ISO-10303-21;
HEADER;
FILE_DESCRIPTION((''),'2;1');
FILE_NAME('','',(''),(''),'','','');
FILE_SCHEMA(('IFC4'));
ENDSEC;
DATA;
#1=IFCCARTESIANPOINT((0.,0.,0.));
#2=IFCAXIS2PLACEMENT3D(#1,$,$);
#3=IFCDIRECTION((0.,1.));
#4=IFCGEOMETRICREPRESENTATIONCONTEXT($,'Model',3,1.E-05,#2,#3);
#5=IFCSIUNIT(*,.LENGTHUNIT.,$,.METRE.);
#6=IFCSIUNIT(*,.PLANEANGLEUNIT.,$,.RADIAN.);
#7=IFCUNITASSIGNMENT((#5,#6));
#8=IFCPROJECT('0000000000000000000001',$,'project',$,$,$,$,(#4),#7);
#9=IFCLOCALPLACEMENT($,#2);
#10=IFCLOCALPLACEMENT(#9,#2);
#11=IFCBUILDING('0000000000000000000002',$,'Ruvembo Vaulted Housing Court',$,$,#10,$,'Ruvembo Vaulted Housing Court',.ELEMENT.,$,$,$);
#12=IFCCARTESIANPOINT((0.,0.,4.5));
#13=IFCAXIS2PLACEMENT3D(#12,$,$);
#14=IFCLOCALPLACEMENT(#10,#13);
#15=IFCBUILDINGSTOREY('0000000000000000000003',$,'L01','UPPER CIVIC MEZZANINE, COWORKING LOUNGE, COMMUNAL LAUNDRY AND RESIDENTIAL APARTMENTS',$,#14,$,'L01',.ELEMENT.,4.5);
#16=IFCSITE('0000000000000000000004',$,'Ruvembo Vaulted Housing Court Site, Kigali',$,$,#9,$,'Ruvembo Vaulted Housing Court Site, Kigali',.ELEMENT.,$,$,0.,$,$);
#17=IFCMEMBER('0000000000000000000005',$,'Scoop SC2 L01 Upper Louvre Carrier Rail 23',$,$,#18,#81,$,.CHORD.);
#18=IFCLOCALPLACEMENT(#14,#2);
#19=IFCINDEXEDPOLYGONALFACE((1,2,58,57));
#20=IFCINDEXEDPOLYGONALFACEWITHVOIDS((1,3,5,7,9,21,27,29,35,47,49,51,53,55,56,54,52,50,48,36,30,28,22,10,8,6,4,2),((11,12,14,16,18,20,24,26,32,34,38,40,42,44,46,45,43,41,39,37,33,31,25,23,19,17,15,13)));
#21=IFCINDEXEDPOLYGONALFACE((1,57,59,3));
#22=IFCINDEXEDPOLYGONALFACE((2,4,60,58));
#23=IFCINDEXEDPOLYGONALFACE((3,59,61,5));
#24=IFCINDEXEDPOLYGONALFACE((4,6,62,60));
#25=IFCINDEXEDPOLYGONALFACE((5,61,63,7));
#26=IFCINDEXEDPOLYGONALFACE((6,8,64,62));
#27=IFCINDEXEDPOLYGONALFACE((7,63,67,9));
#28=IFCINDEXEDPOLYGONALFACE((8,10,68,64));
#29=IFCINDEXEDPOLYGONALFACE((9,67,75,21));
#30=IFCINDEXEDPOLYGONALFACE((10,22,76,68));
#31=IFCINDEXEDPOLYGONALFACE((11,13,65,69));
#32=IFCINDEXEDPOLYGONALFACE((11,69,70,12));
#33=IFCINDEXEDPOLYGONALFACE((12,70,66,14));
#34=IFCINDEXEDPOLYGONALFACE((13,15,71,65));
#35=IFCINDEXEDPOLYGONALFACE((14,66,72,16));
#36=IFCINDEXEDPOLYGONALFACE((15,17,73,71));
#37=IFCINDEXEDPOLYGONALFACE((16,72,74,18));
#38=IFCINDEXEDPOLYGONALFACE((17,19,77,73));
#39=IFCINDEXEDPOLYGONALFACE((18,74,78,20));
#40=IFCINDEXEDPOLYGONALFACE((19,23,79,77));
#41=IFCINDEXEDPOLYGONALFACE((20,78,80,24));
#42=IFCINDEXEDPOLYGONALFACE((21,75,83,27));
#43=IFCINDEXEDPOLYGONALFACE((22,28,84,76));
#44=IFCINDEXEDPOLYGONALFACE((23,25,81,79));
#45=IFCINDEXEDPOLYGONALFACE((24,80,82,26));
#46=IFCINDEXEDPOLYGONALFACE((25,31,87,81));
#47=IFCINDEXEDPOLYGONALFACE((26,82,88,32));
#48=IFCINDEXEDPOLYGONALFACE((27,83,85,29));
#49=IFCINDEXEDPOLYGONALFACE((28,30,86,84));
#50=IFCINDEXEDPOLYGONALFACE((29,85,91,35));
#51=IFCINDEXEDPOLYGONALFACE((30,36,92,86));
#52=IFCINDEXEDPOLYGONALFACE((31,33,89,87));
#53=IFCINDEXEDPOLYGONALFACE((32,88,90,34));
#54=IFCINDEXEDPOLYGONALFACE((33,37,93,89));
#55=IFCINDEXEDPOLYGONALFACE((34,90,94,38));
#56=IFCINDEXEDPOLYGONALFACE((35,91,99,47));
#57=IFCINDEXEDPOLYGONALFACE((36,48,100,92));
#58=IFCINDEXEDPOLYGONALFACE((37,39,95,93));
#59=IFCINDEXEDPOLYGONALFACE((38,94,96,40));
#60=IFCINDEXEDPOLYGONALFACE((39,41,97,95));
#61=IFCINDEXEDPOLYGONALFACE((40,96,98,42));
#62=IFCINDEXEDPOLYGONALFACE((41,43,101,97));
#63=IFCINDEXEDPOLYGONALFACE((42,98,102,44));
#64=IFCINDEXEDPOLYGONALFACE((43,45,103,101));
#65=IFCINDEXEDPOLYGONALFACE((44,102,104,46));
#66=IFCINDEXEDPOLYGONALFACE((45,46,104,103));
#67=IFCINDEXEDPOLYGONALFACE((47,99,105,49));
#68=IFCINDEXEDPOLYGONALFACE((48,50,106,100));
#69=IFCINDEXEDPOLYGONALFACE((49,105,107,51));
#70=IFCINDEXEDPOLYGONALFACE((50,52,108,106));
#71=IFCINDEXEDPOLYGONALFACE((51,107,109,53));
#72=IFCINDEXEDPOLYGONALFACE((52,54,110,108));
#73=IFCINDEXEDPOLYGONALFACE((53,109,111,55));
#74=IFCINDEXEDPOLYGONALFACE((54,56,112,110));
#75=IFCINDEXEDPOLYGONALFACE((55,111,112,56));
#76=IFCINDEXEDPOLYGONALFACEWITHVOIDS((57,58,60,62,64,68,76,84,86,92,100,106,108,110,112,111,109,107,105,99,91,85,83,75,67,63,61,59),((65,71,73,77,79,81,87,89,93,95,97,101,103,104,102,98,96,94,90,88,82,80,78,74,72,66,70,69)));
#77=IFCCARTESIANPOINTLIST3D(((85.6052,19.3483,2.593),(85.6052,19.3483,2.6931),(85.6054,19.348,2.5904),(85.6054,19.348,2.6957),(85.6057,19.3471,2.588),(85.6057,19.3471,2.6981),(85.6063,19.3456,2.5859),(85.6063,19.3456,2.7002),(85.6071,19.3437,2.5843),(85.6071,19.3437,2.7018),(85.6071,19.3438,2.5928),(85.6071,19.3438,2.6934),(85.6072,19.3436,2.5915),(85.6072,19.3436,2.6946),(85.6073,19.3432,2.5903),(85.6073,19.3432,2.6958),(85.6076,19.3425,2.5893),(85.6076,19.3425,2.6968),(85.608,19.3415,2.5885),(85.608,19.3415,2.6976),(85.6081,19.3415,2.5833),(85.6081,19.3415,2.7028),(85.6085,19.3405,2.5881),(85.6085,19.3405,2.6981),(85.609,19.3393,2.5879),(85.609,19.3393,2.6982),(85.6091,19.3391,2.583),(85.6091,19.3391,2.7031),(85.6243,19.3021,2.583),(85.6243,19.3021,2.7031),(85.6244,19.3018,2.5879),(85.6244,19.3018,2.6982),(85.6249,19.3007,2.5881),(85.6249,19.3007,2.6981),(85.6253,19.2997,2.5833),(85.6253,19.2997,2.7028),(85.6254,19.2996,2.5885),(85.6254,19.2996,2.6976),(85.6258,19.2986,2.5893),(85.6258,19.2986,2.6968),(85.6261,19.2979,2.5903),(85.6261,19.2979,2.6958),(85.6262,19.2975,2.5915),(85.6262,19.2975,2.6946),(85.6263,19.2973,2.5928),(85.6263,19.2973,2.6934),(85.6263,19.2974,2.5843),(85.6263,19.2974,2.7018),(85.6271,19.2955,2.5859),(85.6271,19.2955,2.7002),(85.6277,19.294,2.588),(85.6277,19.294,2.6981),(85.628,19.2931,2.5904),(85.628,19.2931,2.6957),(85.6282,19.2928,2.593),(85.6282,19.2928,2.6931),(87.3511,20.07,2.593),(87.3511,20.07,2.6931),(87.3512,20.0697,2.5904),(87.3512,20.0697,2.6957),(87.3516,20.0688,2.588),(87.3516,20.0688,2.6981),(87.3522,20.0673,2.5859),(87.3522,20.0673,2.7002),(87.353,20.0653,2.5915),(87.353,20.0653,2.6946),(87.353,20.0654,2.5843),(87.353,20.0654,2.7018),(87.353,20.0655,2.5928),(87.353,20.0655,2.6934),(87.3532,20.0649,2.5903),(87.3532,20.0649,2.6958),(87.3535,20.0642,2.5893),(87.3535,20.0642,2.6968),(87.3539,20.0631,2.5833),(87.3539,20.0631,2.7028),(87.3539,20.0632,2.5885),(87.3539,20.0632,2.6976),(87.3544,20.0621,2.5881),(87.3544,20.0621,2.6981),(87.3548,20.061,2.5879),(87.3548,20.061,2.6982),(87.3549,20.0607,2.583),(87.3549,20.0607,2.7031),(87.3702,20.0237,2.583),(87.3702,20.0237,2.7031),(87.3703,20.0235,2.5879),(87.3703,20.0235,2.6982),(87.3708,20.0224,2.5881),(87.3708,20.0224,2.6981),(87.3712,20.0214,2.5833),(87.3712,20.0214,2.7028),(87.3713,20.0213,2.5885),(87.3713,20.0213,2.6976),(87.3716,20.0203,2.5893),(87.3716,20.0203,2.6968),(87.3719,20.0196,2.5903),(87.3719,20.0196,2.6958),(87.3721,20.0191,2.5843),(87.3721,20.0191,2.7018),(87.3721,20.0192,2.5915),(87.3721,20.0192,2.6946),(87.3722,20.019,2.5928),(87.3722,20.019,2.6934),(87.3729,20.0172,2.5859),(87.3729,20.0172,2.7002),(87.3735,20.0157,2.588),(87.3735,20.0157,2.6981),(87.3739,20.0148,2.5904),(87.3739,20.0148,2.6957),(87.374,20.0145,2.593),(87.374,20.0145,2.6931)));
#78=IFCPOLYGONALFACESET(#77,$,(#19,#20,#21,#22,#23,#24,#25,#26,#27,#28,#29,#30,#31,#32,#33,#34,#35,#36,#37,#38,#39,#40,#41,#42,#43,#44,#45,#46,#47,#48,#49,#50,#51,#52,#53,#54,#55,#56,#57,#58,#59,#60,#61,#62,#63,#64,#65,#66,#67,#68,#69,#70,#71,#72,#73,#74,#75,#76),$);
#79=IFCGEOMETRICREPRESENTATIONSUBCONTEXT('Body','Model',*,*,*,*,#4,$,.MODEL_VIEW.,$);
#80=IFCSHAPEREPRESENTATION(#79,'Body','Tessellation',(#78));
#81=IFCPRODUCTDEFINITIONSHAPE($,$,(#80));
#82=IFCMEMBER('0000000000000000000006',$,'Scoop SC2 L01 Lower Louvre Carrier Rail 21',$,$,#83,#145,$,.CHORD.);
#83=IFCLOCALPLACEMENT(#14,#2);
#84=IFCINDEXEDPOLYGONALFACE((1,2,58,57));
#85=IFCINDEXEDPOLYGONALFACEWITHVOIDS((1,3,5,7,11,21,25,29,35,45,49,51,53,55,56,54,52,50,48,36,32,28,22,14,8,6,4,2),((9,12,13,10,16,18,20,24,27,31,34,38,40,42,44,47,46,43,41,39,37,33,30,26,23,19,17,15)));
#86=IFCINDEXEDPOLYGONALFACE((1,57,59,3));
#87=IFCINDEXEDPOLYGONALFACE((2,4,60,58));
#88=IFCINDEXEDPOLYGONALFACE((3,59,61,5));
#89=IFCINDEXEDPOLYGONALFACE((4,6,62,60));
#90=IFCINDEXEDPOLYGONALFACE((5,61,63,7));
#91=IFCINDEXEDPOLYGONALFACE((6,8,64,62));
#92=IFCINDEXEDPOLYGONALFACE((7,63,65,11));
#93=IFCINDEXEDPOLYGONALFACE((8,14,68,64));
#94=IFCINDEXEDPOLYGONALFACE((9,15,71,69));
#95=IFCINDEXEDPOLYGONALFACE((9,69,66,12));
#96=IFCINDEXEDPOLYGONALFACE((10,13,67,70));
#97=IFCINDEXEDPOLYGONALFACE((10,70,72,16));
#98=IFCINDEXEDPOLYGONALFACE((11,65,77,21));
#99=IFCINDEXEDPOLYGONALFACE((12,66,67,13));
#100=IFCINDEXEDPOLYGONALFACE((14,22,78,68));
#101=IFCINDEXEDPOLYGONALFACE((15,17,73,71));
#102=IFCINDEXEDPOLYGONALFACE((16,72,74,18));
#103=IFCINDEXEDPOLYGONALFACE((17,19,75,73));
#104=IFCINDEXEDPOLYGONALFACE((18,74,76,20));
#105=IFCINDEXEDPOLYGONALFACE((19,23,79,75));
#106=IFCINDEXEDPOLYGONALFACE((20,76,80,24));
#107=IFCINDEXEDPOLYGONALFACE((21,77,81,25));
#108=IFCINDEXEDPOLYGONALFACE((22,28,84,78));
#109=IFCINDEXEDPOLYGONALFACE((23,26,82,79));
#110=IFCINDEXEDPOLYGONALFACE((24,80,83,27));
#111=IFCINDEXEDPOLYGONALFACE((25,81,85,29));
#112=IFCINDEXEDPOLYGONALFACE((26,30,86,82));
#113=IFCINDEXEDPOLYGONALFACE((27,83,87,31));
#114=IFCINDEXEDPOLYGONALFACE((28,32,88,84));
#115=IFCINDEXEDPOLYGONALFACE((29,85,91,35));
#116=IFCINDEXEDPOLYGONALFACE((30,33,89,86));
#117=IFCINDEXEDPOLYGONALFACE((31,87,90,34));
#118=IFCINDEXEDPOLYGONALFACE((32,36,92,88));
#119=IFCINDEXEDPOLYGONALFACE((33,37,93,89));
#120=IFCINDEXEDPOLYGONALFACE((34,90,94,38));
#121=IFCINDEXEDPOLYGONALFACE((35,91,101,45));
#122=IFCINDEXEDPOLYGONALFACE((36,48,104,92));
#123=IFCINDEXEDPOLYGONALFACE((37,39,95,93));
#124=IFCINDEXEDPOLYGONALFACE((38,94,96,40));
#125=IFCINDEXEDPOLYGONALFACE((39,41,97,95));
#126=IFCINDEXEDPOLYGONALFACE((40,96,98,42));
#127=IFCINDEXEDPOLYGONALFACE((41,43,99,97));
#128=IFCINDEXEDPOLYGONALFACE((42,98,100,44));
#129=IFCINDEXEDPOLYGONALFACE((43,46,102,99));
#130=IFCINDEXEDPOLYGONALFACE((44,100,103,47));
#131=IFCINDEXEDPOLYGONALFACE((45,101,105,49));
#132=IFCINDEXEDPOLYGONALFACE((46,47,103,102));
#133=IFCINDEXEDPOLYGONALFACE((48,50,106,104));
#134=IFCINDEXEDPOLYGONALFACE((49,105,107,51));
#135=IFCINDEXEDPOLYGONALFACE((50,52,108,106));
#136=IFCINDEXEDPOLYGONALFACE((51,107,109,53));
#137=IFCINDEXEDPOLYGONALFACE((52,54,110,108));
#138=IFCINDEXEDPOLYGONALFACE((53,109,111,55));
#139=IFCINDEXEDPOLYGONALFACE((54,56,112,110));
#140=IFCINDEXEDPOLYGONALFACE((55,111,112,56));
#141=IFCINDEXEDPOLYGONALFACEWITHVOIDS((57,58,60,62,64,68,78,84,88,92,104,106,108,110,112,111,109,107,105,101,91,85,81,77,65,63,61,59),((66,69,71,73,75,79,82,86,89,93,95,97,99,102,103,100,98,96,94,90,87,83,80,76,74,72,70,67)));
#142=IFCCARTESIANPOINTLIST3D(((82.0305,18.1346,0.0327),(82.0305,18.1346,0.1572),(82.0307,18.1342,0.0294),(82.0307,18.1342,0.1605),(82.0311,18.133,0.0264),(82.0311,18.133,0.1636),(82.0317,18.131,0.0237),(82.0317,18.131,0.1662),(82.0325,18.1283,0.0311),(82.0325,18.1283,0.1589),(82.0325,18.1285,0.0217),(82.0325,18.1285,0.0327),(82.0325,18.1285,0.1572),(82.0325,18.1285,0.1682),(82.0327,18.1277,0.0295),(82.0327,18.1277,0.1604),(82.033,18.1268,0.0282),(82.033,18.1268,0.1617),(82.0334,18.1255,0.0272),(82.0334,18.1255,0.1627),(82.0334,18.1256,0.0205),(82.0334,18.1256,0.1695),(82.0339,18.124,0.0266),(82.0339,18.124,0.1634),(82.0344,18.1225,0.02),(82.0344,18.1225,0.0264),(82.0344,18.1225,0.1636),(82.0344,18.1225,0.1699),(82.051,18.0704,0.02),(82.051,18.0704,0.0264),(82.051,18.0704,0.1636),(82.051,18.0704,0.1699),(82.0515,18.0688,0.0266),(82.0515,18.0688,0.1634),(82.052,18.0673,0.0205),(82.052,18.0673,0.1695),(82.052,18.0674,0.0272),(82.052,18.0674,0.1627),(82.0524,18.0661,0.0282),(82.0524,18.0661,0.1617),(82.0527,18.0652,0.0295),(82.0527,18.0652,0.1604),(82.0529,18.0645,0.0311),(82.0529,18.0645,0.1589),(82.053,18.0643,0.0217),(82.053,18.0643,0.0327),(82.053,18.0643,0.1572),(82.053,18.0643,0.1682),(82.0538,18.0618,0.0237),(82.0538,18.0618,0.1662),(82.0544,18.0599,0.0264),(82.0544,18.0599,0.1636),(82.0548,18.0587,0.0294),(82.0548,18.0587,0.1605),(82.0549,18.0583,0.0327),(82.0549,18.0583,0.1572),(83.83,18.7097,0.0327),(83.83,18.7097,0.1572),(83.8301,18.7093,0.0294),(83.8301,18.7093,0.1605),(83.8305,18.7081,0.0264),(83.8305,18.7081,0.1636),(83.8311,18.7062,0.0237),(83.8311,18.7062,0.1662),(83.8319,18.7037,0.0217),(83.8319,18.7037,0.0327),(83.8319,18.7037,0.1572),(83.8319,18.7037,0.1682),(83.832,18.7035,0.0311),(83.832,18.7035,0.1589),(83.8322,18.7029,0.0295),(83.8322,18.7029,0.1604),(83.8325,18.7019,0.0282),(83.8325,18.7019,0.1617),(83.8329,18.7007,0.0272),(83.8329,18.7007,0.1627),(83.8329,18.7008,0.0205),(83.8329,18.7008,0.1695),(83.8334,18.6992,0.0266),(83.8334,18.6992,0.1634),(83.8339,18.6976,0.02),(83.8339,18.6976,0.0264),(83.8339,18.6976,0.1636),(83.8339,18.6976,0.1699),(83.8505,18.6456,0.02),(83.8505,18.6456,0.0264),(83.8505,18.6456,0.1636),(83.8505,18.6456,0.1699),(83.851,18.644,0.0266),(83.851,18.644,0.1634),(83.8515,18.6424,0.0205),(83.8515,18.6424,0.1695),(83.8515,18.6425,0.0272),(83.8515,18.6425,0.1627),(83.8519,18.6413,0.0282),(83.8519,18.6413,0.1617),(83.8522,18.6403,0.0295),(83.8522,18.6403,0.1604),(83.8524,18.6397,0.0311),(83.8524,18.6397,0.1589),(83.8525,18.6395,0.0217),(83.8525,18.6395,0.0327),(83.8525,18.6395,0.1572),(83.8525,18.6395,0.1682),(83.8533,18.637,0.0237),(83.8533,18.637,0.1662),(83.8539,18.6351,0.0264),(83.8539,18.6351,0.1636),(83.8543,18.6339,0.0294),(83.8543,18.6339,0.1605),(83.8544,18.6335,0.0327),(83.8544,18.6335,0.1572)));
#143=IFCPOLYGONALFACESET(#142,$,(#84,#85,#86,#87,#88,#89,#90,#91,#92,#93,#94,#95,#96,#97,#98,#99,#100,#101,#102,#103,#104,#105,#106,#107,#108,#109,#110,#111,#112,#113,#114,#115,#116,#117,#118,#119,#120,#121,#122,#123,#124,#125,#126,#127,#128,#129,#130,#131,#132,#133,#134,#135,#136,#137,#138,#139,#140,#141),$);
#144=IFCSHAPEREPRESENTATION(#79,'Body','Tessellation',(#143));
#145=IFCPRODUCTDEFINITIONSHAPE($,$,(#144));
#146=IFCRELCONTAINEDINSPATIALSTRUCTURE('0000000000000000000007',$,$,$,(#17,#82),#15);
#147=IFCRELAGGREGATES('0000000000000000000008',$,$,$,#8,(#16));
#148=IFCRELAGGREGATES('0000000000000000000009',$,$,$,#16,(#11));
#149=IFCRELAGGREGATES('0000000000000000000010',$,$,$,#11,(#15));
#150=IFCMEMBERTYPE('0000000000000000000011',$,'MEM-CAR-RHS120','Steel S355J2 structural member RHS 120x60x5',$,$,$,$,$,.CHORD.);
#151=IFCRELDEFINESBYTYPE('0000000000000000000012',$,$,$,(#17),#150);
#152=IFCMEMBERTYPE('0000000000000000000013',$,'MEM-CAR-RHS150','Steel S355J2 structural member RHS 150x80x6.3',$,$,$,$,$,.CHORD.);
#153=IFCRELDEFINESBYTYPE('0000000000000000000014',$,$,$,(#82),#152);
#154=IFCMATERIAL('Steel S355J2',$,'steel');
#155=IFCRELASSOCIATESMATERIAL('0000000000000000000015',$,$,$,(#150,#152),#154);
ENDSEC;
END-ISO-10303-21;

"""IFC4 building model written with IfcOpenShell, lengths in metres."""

from ifc_helpers import new_model, si_unit, direction, frame, origin, origin_2d, place, context, subcontext, project, spatial, hollow_rectangle, extrude, material, material_profile, profile_set, type_object, element, save


model = new_model("IFC4")

# Units and contexts
model_context = context("Model", 3, precision=1e-05, world=origin(), true_north=direction((0.0, 1.0)))
body_context = subcontext(model_context, "Body", "Model", "MODEL_VIEW")
ifc_project = project(units=[si_unit("LENGTHUNIT", "METRE"), si_unit("PLANEANGLEUNIT", "RADIAN")], contexts=[model_context])

# Site, building, storey
site_placement = place(None, origin())
site = spatial("IfcSite", under=ifc_project, at=site_placement, Name="Ruvembo Vaulted Housing Court Site, Kigali", LongName="Ruvembo Vaulted Housing Court Site, Kigali", CompositionType="ELEMENT", RefElevation=0.0)
building_placement = place(site_placement, origin())
building = spatial("IfcBuilding", under=site, at=building_placement, Name="Ruvembo Vaulted Housing Court", LongName="Ruvembo Vaulted Housing Court", CompositionType="ELEMENT")
storey_placement = place(building_placement, frame((0.0, 0.0, 4.5)))
storey = spatial("IfcBuildingStorey", under=building, at=storey_placement, Name="L01", Description="UPPER CIVIC MEZZANINE, COWORKING LOUNGE, COMMUNAL LAUNDRY AND RESIDENTIAL APARTMENTS", LongName="L01", CompositionType="ELEMENT", Elevation=4.5)

# Shared definitions
ifc_material_1 = material(Name="Steel S355J2", Category="steel")

# Members
ifc_material_profile_1 = material_profile(ifc_material_1, hollow_rectangle(XDim=0.0601, YDim=0.1201, WallThickness=0.0049, InnerFilletRadius=0.0049, OuterFilletRadius=0.01, at=origin_2d()), Name="RHS 120x60x5")
ifc_profile_set_1 = profile_set([ifc_material_profile_1], Name="Steel S355J2")
member_type_1 = type_object("IfcMemberType", Name="MEM-CAR-RHS120", Description="Steel S355J2 structural member RHS 120x60x5", PredefinedType="CHORD", material=ifc_profile_set_1)
member_1_placement = place(storey_placement, frame((85.6167, 19.3206, 2.6431), z_axis=(0.924155, 0.382017, 0.0), x_axis=(-0.382017, 0.924155, 0.0)))
element("IfcMember", 1, at=member_1_placement, inside=storey, type_object=member_type_1, Name="Scoop SC2 L01 Upper Louvre Carrier Rail 23", PredefinedType="CHORD", context=body_context, shape_type="SweptSolid", body=[
    extrude(hollow_rectangle(XDim=0.0601, YDim=0.1201, WallThickness=0.0049, InnerFilletRadius=0.0049, OuterFilletRadius=0.01, at=origin_2d()), origin(), (0.0, 0.0, 1.0), 1.8892),
])
ifc_material_profile_2 = material_profile(ifc_material_1, hollow_rectangle(XDim=0.0801, YDim=0.1499, WallThickness=0.0063, InnerFilletRadius=0.0063, OuterFilletRadius=0.0127, at=origin_2d()), Name="RHS 150x80x6.3")
ifc_profile_set_2 = profile_set([ifc_material_profile_2], Name="Steel S355J2")
member_type_2 = type_object("IfcMemberType", Name="MEM-CAR-RHS150", Description="Steel S355J2 structural member RHS 150x80x6.3", PredefinedType="CHORD", material=ifc_profile_set_2)
member_2_placement = place(storey_placement, frame((82.0427, 18.0964, 0.095), z_axis=(0.952526, 0.304457, 0.0), x_axis=(-0.304457, 0.952526, 0.0)))
element("IfcMember", 2, at=member_2_placement, inside=storey, type_object=member_type_2, Name="Scoop SC2 L01 Lower Louvre Carrier Rail 21", PredefinedType="CHORD", context=body_context, shape_type="SweptSolid", body=[
    extrude(hollow_rectangle(XDim=0.0801, YDim=0.1499, WallThickness=0.0063, InnerFilletRadius=0.0063, OuterFilletRadius=0.0127, at=origin_2d()), origin(), (0.0, 0.0, 1.0), 1.8892),
])

save(model, "model.ifc")
